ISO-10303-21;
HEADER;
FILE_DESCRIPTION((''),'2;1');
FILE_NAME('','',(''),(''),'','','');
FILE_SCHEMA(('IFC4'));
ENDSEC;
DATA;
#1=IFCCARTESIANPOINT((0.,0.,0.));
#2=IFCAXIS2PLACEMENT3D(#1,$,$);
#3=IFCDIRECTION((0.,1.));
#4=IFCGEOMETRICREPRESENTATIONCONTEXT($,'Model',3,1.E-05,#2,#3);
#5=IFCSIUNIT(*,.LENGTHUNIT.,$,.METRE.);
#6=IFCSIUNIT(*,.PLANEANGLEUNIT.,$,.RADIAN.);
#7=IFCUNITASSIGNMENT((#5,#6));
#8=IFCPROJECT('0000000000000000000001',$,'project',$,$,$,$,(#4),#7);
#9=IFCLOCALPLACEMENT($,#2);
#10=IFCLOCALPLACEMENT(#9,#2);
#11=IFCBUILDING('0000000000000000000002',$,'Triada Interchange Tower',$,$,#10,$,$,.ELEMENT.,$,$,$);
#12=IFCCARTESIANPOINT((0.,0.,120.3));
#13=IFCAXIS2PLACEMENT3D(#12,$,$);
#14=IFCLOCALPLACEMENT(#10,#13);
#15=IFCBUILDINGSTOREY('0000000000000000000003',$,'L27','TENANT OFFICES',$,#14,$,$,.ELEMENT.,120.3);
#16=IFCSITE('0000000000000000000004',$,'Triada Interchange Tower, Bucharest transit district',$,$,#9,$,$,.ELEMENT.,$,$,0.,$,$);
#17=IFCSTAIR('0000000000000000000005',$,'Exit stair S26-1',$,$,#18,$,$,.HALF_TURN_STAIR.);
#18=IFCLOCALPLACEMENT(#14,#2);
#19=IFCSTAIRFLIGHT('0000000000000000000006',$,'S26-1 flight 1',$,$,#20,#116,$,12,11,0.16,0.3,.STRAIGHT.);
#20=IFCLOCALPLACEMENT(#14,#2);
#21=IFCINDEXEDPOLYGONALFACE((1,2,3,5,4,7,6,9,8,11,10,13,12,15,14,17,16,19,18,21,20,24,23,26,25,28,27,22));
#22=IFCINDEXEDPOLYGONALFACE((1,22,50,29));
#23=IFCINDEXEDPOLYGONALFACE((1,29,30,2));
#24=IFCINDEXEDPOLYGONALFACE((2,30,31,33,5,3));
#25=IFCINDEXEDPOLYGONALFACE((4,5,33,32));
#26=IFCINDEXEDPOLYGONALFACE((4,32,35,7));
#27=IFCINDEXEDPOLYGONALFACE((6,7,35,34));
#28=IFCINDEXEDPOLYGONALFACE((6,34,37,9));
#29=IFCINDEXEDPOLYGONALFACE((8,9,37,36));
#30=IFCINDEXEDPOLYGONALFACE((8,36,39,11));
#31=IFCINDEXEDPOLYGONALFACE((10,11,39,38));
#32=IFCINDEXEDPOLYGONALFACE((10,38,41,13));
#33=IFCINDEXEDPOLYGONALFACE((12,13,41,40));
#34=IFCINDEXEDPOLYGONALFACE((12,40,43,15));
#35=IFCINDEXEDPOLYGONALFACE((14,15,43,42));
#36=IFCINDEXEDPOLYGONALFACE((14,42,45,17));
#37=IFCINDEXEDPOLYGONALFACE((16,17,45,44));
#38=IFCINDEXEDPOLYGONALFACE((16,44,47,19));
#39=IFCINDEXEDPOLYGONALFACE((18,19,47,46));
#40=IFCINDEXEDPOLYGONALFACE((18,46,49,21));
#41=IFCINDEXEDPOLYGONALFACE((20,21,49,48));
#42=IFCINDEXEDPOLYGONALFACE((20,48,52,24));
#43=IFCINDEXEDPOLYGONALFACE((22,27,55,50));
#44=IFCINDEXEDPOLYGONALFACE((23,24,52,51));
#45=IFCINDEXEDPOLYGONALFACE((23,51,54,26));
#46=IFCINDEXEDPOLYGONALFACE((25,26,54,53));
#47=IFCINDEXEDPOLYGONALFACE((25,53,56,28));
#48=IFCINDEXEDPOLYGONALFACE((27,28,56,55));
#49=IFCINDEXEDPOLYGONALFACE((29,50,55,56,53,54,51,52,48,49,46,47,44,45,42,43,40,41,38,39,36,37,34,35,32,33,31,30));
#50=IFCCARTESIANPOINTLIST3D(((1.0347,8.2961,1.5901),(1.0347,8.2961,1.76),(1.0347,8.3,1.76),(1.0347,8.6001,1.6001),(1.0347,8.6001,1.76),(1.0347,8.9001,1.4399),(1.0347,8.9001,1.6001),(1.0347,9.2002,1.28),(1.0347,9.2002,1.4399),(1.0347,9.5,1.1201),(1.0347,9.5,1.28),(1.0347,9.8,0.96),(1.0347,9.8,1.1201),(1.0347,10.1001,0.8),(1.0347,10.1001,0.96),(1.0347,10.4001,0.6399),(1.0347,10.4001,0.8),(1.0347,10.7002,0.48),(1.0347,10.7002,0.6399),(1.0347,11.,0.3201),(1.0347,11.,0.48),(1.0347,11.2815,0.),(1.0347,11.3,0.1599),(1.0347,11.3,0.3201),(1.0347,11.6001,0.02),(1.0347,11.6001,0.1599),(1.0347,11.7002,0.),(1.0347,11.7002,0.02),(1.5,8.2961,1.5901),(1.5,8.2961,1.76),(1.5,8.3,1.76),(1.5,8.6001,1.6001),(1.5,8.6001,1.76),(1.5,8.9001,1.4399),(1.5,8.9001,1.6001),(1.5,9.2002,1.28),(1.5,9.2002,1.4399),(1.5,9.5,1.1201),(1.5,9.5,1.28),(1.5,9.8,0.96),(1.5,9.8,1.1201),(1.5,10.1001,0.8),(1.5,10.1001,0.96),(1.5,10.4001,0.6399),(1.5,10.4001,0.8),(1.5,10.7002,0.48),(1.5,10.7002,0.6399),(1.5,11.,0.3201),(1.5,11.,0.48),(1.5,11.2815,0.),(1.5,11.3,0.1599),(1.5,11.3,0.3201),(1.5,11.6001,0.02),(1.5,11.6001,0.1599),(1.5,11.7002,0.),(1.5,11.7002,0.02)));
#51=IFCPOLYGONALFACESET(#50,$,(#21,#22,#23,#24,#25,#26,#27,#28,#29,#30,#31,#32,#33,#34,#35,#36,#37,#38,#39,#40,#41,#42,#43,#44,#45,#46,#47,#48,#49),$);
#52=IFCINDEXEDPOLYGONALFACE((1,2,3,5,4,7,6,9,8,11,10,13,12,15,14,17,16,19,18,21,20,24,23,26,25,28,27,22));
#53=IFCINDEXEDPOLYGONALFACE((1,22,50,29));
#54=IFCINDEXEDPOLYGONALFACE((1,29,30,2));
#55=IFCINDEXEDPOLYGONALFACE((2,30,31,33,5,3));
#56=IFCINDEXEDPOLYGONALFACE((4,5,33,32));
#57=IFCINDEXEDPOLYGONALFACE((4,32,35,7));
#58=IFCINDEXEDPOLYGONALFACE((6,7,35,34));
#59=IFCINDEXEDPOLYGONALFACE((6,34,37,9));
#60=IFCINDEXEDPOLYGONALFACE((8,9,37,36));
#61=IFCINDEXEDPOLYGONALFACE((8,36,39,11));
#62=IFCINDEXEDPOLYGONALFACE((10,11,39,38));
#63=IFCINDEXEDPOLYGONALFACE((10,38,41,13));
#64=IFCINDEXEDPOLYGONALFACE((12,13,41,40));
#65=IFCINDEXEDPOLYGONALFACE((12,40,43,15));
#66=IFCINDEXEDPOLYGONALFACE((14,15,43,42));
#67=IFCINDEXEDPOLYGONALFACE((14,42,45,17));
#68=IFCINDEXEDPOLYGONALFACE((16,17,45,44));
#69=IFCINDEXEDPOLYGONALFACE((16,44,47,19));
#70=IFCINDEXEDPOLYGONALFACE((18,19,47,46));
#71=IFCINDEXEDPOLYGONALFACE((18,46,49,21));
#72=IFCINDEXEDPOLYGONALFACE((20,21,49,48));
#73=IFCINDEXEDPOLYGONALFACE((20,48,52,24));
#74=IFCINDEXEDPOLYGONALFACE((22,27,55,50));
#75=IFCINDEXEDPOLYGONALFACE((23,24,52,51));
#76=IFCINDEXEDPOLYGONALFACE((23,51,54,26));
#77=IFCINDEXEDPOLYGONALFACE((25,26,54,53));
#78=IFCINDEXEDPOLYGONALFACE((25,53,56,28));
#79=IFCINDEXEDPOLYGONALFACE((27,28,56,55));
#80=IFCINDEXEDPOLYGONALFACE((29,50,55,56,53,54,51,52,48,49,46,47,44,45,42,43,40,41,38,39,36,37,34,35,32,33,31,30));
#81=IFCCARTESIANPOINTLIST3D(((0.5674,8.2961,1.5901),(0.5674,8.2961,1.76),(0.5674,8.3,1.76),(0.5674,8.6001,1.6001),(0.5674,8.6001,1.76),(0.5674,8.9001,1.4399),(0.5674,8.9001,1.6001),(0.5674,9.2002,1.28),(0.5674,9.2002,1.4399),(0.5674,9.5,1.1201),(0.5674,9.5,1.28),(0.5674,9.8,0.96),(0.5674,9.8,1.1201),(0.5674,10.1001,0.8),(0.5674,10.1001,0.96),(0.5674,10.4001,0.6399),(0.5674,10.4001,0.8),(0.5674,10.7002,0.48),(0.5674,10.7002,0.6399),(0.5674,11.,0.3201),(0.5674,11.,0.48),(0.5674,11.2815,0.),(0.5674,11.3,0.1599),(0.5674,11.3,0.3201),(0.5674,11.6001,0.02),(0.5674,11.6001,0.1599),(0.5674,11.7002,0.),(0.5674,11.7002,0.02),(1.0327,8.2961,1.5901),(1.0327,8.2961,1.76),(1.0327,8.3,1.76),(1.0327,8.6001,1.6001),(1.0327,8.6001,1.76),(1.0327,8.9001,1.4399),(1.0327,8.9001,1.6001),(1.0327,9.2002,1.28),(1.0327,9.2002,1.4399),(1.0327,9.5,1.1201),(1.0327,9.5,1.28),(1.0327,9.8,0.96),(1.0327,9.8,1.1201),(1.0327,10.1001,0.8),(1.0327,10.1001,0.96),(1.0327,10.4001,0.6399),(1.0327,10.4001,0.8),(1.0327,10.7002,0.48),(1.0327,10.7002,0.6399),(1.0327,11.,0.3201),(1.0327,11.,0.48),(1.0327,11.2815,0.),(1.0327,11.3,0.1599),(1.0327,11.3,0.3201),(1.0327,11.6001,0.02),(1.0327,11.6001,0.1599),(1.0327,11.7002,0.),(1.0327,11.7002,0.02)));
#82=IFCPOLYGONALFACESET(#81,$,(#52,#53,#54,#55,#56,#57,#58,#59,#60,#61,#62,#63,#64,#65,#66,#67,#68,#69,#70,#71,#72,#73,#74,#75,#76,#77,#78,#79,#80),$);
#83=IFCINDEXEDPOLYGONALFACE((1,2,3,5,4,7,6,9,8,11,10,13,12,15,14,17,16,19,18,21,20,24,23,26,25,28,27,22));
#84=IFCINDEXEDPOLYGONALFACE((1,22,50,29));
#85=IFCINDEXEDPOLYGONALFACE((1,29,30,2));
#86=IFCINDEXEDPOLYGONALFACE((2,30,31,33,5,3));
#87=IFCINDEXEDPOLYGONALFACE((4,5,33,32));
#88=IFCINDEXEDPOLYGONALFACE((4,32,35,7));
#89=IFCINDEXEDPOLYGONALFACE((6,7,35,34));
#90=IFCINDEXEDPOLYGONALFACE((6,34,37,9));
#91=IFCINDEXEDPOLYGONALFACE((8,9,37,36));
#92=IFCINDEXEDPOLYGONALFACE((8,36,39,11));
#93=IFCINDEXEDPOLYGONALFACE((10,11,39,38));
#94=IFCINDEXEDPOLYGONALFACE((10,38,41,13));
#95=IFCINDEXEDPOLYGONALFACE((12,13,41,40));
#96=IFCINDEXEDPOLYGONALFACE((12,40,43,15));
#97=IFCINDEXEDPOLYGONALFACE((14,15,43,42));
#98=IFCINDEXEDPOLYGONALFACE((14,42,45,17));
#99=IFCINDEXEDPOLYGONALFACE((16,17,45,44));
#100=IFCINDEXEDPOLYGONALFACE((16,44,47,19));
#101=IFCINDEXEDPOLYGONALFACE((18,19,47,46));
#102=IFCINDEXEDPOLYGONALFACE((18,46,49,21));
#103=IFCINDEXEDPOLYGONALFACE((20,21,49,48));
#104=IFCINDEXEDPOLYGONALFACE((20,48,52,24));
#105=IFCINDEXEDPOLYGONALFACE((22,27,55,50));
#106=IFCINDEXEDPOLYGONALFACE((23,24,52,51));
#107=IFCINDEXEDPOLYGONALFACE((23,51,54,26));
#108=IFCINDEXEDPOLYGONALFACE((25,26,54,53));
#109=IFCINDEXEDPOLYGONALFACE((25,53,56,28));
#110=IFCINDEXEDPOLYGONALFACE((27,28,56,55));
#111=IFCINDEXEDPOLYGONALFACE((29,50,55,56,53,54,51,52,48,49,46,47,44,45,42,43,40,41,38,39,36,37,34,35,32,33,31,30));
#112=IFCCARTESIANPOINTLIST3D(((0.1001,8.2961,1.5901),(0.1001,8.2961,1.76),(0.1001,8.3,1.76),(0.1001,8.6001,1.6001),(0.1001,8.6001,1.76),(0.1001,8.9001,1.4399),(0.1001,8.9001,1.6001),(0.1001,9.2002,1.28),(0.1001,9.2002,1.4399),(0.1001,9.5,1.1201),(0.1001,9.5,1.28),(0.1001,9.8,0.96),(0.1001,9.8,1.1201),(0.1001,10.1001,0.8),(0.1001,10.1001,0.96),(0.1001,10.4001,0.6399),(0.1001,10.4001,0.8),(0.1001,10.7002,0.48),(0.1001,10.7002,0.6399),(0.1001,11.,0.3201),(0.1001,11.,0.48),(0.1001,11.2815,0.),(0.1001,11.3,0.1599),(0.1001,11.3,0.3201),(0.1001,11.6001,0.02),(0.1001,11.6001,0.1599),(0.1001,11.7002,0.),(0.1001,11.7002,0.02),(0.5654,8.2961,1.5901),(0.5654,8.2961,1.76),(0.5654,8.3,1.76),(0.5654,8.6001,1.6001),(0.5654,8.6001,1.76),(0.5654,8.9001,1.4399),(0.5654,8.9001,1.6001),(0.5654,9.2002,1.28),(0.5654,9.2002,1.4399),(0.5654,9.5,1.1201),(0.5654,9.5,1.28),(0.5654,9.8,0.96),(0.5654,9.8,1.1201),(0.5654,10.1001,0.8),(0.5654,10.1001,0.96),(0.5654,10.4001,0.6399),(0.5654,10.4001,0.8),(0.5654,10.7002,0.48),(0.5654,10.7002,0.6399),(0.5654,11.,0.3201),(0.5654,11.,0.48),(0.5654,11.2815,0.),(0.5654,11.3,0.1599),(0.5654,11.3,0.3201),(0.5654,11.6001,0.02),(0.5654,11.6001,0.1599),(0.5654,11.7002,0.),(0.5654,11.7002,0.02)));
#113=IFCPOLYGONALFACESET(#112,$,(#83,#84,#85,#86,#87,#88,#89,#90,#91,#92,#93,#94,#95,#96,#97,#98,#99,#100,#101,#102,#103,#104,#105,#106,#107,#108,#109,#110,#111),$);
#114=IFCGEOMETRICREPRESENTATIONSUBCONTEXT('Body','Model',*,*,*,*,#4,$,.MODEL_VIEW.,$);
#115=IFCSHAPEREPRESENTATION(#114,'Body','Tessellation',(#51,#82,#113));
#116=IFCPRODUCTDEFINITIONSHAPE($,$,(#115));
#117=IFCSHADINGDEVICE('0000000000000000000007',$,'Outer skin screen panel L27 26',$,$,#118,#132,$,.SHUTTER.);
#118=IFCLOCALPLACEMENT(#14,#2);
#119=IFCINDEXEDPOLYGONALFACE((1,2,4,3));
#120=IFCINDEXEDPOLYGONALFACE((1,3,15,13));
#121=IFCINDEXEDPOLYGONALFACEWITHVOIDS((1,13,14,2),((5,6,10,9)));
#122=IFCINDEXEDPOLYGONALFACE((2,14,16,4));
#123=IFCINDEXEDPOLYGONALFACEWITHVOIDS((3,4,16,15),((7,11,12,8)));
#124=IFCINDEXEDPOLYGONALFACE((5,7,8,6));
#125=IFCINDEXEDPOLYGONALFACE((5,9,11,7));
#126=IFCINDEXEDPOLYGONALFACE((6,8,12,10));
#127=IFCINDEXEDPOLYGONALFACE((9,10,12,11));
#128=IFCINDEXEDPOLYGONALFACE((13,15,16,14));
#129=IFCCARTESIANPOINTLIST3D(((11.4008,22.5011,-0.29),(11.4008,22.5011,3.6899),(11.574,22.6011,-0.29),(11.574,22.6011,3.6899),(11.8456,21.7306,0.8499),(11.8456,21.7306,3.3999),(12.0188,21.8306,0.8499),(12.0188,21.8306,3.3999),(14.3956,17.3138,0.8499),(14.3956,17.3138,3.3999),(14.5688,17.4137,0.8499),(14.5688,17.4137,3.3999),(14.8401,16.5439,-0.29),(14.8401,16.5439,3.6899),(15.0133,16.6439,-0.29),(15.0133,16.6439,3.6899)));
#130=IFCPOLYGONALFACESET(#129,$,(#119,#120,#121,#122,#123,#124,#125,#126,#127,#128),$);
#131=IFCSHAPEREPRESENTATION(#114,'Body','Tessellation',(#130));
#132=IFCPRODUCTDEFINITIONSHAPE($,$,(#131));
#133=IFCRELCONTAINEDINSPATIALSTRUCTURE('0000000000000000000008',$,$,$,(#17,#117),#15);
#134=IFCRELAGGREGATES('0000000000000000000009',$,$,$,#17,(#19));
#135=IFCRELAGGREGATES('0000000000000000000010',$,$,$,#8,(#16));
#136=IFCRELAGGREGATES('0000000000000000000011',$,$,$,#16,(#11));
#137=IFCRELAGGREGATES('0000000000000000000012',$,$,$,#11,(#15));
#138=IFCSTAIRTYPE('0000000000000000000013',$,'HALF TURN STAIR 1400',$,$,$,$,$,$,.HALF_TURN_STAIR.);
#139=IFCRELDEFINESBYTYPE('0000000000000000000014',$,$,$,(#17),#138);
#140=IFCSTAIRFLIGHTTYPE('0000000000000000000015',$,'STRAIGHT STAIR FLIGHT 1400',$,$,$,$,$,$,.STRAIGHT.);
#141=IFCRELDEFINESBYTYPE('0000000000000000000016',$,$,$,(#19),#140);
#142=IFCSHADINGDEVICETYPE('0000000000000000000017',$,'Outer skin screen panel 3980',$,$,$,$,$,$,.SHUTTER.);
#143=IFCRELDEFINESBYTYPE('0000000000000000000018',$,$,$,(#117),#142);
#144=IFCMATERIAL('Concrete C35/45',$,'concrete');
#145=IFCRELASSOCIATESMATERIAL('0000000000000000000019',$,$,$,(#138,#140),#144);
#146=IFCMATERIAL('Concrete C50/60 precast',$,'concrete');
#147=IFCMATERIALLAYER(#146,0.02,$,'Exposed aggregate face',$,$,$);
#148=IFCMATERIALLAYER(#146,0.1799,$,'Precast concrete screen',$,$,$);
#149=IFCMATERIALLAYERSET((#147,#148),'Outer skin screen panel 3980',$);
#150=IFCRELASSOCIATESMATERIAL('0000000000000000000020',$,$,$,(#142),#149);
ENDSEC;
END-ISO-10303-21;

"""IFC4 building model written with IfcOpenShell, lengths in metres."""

from ifc_helpers import new_model, si_unit, direction, frame, origin, place, context, subcontext, project, spatial, polyline, outline, extrude, material, layer, layer_set, type_object, element, aggregate, save


model = new_model("IFC4")

# Units and contexts
model_context = context("Model", 3, precision=1e-05, world=origin(), true_north=direction((0.0, 1.0)))
body_context = subcontext(model_context, "Body", "Model", "MODEL_VIEW")
ifc_project = project(units=[si_unit("LENGTHUNIT", "METRE"), si_unit("PLANEANGLEUNIT", "RADIAN")], contexts=[model_context])

# Site, building, storey
site_placement = place(None, origin())
site = spatial("IfcSite", under=ifc_project, at=site_placement, Name="Triada Interchange Tower, Bucharest transit district", CompositionType="ELEMENT", RefElevation=0.0)
building_placement = place(site_placement, origin())
building = spatial("IfcBuilding", under=site, at=building_placement, Name="Triada Interchange Tower", CompositionType="ELEMENT")
storey_placement = place(building_placement, frame((0.0, 0.0, 120.3)))
storey = spatial("IfcBuildingStorey", under=building, at=storey_placement, Name="L27", Description="TENANT OFFICES", CompositionType="ELEMENT", Elevation=120.3)

# Stair, stair flight
ifc_material_1 = material(Name="Concrete C35/45", Category="concrete")
stair_type = type_object("IfcStairType", Name="HALF TURN STAIR 1400", PredefinedType="HALF_TURN_STAIR", material=ifc_material_1)
stair_placement = place(storey_placement, origin())
stair = element("IfcStair", 1, at=stair_placement, inside=storey, type_object=stair_type, Name="Exit stair S26-1", PredefinedType="HALF_TURN_STAIR")
stair_flight_type = type_object("IfcStairFlightType", Name="STRAIGHT STAIR FLIGHT 1400", PredefinedType="STRAIGHT", material=ifc_material_1)
stair_flight_placement = place(storey_placement, frame((0.8, 11.6001, 0.0), z_axis=(0.0, 0.0, 1.0), x_axis=(0.0, -1.0, 0.0)))
stair_flight = element("IfcStairFlight", 2, at=stair_flight_placement, type_object=stair_flight_type, Name="S26-1 flight 1", NumberOfRisers=12, NumberOfTreads=11, PredefinedType="STRAIGHT", RiserHeight=0.16, TreadLength=0.3, context=body_context, shape_type="SweptSolid", body=[
    extrude(outline(polyline([(-0.1001, 0.0), (-0.1001, 0.02), (0.0, 0.02), (0.0, 0.1599), (0.3, 0.1599), (0.3, 0.3201), (0.6001, 0.3201), (0.6001, 0.48), (0.8999, 0.48), (0.8999, 0.6399), (1.2, 0.6399), (1.2, 0.8), (1.5, 0.8), (1.5, 0.96), (1.8, 0.96), (1.8, 1.1201), (2.1001, 1.1201), (2.1001, 1.28), (2.3999, 1.28), (2.3999, 1.4399), (2.7, 1.4399), (2.7, 1.6001), (3.0, 1.6001), (3.0, 1.76), (3.3, 1.76), (3.304, 1.76), (3.304, 1.9199), (3.304, 1.5901), (0.3186, 0.0), (-0.1001, 0.0)])), frame((0.0, 0.7, 0.0), z_axis=(0.0, -1.0, 0.0), x_axis=(1.0, 0.0, 0.0)), (0.0, 0.0, 1.0), 0.4653),
    extrude(outline(polyline([(-0.1001, 0.0), (-0.1001, 0.02), (0.0, 0.02), (0.0, 0.1599), (0.3, 0.1599), (0.3, 0.3201), (0.6001, 0.3201), (0.6001, 0.48), (0.8999, 0.48), (0.8999, 0.6399), (1.2, 0.6399), (1.2, 0.8), (1.5, 0.8), (1.5, 0.96), (1.8, 0.96), (1.8, 1.1201), (2.1001, 1.1201), (2.1001, 1.28), (2.3999, 1.28), (2.3999, 1.4399), (2.7, 1.4399), (2.7, 1.6001), (3.0, 1.6001), (3.0, 1.76), (3.3, 1.76), (3.304, 1.76), (3.304, 1.9199), (3.304, 1.5901), (0.3186, 0.0), (-0.1001, 0.0)])), frame((0.0, 0.2327, 0.0), z_axis=(0.0, -1.0, 0.0), x_axis=(1.0, 0.0, 0.0)), (0.0, 0.0, 1.0), 0.4653),
    extrude(outline(polyline([(-0.1001, 0.0), (-0.1001, 0.02), (0.0, 0.02), (0.0, 0.1599), (0.3, 0.1599), (0.3, 0.3201), (0.6001, 0.3201), (0.6001, 0.48), (0.8999, 0.48), (0.8999, 0.6399), (1.2, 0.6399), (1.2, 0.8), (1.5, 0.8), (1.5, 0.96), (1.8, 0.96), (1.8, 1.1201), (2.1001, 1.1201), (2.1001, 1.28), (2.3999, 1.28), (2.3999, 1.4399), (2.7, 1.4399), (2.7, 1.6001), (3.0, 1.6001), (3.0, 1.76), (3.3, 1.76), (3.304, 1.76), (3.304, 1.9199), (3.304, 1.5901), (0.3186, 0.0), (-0.1001, 0.0)])), frame((0.0, -0.2346, 0.0), z_axis=(0.0, -1.0, 0.0), x_axis=(1.0, 0.0, 0.0)), (0.0, 0.0, 1.0), 0.4653),
])

# Shading device
ifc_material_2 = material(Name="Concrete C50/60 precast", Category="concrete")
ifc_layer_1 = layer(ifc_material_2, 0.02, Name="Exposed aggregate face")
ifc_layer_2 = layer(ifc_material_2, 0.1799, Name="Precast concrete screen")
ifc_layer_set_1 = layer_set([ifc_layer_1, ifc_layer_2], Name="Outer skin screen panel 3980")
shading_device_type = type_object("IfcShadingDeviceType", Name="Outer skin screen panel 3980", PredefinedType="SHUTTER", material=ifc_layer_set_1)
shading_device_placement = place(storey_placement, frame((14.8401, 16.5439, -0.29), z_axis=(0.0, 0.0, 1.0), x_axis=(-0.499991, 0.866031, 0.0)))
element("IfcShadingDevice", 3, at=shading_device_placement, inside=storey, type_object=shading_device_type, Name="Outer skin screen panel L27 26", PredefinedType="SHUTTER", context=body_context, shape_type="SweptSolid", body=[
    extrude(outline(polyline([(0.0, 0.0), (6.8787, 0.0), (6.8787, 3.98), (0.0, 3.98), (0.0, 0.0)]), holes=[polyline([(0.8889, 1.1399), (0.8889, 3.6899), (5.989, 3.6899), (5.989, 1.1399), (0.8889, 1.1399)])]), frame((0.0, 0.0, 0.0), z_axis=(0.0, -1.0, 0.0), x_axis=(1.0, 0.0, 0.0)), (0.0, 0.0, 1.0), 0.2),
])

aggregate(stair, [stair_flight])

save(model, "model.ifc")
